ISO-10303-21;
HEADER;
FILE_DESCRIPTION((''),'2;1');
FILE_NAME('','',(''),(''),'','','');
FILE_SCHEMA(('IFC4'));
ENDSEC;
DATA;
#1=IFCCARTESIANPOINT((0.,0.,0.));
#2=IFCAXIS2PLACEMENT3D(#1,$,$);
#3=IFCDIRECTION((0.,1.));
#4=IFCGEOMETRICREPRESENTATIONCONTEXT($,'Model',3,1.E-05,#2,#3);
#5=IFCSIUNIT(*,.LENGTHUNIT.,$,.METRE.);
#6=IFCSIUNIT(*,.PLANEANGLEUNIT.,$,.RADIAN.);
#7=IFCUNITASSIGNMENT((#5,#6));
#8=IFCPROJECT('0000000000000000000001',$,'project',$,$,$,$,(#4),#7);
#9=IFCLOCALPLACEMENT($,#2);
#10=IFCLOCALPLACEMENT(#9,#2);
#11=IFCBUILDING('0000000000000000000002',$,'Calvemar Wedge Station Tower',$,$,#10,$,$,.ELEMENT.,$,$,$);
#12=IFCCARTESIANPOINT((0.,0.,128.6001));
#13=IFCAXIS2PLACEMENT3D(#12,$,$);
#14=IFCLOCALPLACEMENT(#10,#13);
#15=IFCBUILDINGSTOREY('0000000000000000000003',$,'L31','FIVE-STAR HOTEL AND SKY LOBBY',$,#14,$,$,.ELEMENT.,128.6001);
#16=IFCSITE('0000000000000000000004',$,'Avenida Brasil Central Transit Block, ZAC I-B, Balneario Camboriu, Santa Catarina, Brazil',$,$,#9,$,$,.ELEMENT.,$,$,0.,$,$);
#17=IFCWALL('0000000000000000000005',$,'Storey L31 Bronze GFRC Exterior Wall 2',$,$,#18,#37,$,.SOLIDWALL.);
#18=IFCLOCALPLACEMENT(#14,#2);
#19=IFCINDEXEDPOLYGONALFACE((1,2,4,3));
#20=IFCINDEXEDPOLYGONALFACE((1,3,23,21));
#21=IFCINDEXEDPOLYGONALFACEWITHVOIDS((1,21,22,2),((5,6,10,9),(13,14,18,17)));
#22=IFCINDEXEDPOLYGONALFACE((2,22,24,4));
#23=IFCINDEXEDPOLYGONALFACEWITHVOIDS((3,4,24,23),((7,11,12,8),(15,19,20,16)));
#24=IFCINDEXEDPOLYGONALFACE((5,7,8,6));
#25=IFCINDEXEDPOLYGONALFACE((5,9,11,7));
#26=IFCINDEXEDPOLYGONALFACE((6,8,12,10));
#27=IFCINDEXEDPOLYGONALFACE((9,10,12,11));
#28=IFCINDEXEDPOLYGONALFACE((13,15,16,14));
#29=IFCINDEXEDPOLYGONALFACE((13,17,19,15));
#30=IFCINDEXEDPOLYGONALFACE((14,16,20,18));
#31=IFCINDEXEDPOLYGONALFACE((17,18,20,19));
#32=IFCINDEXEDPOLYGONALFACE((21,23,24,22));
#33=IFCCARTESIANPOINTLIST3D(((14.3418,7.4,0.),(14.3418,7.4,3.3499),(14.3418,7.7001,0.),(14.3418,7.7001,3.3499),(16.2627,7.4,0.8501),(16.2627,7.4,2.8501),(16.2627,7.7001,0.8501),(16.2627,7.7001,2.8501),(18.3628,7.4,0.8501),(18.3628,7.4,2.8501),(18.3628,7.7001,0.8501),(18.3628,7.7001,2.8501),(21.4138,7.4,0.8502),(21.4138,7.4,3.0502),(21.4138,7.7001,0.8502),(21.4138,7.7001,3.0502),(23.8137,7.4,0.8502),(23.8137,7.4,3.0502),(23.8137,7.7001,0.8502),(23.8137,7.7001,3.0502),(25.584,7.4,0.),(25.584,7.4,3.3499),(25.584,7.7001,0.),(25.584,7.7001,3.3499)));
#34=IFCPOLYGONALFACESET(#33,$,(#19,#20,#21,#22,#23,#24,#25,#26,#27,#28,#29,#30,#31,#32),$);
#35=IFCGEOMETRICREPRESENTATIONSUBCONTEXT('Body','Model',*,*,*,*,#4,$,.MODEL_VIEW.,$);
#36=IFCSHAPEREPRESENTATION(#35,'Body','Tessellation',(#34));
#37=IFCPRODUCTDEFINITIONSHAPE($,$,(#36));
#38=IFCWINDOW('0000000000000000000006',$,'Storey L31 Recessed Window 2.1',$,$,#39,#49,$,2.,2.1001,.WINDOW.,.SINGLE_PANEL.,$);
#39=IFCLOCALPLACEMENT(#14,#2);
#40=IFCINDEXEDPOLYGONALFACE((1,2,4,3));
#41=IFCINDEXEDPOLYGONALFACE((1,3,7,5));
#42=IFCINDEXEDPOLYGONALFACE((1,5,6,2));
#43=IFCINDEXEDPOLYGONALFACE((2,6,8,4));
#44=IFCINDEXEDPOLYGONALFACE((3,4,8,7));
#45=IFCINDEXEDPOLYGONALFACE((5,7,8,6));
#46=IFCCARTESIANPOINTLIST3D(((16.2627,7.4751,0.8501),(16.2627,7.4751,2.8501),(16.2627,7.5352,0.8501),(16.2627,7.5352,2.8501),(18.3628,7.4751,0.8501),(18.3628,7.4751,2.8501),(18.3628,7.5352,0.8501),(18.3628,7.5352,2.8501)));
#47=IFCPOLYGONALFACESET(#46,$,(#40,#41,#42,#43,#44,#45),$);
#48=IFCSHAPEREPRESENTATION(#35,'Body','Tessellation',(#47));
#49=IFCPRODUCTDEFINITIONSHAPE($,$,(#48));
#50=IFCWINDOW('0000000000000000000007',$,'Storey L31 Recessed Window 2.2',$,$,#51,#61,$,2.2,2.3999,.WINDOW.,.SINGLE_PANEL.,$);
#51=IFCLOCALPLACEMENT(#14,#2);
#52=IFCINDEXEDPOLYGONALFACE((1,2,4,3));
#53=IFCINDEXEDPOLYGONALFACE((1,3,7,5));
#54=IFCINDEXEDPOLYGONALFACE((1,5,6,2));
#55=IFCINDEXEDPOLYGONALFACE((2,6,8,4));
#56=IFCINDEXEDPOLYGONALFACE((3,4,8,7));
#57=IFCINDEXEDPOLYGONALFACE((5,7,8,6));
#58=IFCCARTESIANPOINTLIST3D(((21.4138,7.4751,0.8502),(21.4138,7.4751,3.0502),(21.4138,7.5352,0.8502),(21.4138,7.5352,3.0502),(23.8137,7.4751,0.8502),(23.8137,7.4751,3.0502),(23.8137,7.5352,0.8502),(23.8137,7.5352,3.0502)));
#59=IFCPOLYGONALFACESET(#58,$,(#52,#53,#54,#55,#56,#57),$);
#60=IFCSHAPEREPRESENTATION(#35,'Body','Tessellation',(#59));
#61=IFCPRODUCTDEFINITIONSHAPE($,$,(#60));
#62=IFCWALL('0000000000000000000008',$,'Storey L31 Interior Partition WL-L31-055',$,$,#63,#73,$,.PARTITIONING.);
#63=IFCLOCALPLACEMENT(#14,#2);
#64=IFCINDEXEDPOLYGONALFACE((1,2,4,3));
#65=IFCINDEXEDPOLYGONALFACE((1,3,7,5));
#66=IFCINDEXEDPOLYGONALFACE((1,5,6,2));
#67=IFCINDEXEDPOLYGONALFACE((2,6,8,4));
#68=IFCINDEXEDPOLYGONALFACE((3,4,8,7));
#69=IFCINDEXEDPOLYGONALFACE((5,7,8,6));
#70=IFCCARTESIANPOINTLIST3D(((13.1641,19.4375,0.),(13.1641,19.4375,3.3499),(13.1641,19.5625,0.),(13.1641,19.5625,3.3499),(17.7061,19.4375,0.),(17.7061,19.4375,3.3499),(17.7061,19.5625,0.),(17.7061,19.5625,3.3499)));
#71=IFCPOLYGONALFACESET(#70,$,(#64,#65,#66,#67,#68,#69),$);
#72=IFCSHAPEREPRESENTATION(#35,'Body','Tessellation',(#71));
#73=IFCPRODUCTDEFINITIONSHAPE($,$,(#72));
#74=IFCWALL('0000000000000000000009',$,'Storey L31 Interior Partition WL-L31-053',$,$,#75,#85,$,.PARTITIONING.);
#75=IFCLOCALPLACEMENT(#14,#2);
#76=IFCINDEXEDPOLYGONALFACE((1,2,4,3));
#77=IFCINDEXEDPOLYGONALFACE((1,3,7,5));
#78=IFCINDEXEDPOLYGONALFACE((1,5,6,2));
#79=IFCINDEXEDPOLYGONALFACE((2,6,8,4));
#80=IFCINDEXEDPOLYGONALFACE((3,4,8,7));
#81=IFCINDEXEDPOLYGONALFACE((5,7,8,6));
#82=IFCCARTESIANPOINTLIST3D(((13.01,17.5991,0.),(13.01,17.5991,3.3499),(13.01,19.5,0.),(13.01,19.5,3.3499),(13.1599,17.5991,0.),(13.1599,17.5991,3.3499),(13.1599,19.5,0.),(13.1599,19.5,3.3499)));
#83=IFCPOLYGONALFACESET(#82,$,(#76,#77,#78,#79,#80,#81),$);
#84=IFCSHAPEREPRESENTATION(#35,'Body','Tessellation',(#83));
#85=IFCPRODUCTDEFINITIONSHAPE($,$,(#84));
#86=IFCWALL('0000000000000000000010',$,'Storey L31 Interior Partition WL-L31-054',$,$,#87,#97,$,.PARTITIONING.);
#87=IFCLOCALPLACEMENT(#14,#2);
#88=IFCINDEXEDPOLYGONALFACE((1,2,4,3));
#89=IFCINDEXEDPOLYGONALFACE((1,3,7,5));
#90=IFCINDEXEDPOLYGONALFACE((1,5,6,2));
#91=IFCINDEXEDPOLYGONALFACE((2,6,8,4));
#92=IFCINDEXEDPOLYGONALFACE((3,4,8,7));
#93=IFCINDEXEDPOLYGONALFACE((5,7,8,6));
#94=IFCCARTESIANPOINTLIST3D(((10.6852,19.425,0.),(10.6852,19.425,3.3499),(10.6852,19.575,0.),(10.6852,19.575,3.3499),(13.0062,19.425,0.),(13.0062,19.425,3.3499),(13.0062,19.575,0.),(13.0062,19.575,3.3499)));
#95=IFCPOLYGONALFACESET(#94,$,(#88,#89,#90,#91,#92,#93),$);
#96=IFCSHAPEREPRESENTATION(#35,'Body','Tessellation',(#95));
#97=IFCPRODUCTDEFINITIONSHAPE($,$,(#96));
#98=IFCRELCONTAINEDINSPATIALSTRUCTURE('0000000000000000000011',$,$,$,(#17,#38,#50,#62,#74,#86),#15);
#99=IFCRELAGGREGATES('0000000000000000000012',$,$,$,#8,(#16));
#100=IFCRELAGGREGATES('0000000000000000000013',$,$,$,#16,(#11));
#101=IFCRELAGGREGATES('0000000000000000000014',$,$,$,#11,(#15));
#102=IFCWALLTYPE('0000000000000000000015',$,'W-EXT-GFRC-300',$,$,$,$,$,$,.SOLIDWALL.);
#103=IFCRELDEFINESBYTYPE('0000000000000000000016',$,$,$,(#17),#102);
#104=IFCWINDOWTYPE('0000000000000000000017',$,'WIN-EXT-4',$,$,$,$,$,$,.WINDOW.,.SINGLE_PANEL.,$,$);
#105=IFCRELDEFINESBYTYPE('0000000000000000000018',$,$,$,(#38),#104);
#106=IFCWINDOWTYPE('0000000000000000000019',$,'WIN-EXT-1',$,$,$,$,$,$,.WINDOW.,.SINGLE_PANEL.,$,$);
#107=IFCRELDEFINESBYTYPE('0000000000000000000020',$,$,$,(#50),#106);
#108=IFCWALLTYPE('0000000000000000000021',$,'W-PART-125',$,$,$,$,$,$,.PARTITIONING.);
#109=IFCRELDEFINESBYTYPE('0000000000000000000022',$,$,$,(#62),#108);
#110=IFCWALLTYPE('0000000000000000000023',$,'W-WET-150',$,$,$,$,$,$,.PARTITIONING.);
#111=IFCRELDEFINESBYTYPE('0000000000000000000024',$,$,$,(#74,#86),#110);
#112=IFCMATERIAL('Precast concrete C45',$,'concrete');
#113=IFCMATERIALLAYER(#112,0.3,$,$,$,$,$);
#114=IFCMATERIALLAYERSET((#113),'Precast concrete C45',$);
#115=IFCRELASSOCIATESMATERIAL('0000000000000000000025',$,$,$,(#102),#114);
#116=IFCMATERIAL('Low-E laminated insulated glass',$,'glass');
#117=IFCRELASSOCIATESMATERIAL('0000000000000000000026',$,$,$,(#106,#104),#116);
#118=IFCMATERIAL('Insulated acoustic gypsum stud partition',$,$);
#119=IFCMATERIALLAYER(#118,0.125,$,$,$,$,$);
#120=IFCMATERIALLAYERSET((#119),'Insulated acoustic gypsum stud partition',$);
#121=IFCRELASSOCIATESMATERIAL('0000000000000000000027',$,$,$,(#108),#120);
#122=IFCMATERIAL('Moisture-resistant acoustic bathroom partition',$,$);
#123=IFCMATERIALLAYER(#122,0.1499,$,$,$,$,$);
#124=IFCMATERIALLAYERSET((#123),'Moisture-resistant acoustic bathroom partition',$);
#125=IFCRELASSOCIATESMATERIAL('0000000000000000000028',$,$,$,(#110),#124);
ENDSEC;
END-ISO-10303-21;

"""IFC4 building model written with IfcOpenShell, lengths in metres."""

from ifc_helpers import new_model, si_unit, direction, frame, frame_2d, origin, place, context, subcontext, project, spatial, rectangle, extrude, source, transform, mapped, material, layer, layer_set, type_object, element, fill, save


model = new_model("IFC4")

# Units and contexts
model_context = context("Model", 3, precision=1e-05, world=origin(), true_north=direction((0.0, 1.0)))
body_context = subcontext(model_context, "Body", "Model", "MODEL_VIEW")
ifc_project = project(units=[si_unit("LENGTHUNIT", "METRE"), si_unit("PLANEANGLEUNIT", "RADIAN")], contexts=[model_context])

# Site, building, storey
site_placement = place(None, origin())
site = spatial("IfcSite", under=ifc_project, at=site_placement, Name="Avenida Brasil Central Transit Block, ZAC I-B, Balneario Camboriu, Santa Catarina, Brazil", CompositionType="ELEMENT", RefElevation=0.0)
building_placement = place(site_placement, origin())
building = spatial("IfcBuilding", under=site, at=building_placement, Name="Calvemar Wedge Station Tower", CompositionType="ELEMENT")
storey_placement = place(building_placement, frame((0.0, 0.0, 128.6001)))
storey = spatial("IfcBuildingStorey", under=building, at=storey_placement, Name="L31", Description="FIVE-STAR HOTEL AND SKY LOBBY", CompositionType="ELEMENT", Elevation=128.6001)

# Shared definitions
ifc_material_1 = material(Name="Precast concrete C45", Category="concrete")
ifc_layer_1 = layer(ifc_material_1, 0.3)
ifc_layer_set_1 = layer_set([ifc_layer_1], Name="Precast concrete C45")
wall_type_1 = type_object("IfcWallType", Name="W-EXT-GFRC-300", PredefinedType="SOLIDWALL", material=ifc_layer_set_1)
shared_shape_1 = source(origin(), body_context, "Body", "SweptSolid", [
    extrude(rectangle(XDim=2.3999, YDim=2.2, at=frame_2d((1.2, 1.1001))), frame((0.0, 0.1602, 0.0), z_axis=(0.0, -1.0, 0.0), x_axis=(1.0, 0.0, 0.0)), (0.0, 0.0, 1.0), 0.3201),
])
ifc_material_2 = material(Name="Low-E laminated insulated glass", Category="glass")
window_type_1 = type_object("IfcWindowType", Name="WIN-EXT-1", PartitioningType="SINGLE_PANEL", PredefinedType="WINDOW", material=ifc_material_2)
shared_shape_2 = source(origin(), body_context, "Body", "SweptSolid", [
    extrude(rectangle(XDim=2.3999, YDim=2.2, at=frame_2d((1.2, 1.1001))), frame((0.0, -0.0149, 0.0), z_axis=(0.0, -1.0, 0.0), x_axis=(1.0, 0.0, 0.0)), (0.0, 0.0, 1.0), 0.0601),
])

# Wall, openings, windows
wall_1_placement = place(storey_placement, frame((14.3418, 7.55, 0.0), z_axis=(0.0, 0.0, 1.0), x_axis=(1.0, 0.0, 0.0)))
wall_1 = element("IfcWall", 1, at=wall_1_placement, inside=storey, type_object=wall_type_1, Name="Storey L31 Bronze GFRC Exterior Wall 2", PredefinedType="SOLIDWALL", context=body_context, shape_type="SweptSolid", body=[
    extrude(rectangle(XDim=11.2422, YDim=0.3, at=frame_2d((5.6211, 0.0))), origin(), (0.0, 0.0, 1.0), 3.3499),
])
shared_shape_3 = source(origin(), body_context, "Body", "SweptSolid", [
    extrude(rectangle(XDim=2.1001, YDim=2.0, at=frame_2d((1.05, 1.0))), frame((0.0, 0.1602, 0.0), z_axis=(0.0, -1.0, 0.0), x_axis=(1.0, 0.0, 0.0)), (0.0, 0.0, 1.0), 0.3201),
])
opening_1_placement = place(wall_1_placement, frame((1.9209, 0.0, 0.8501)))
opening_1 = element("IfcOpeningElement", 2, at=opening_1_placement, cuts=wall_1, PredefinedType="OPENING", context=body_context, shape_type="MappedRepresentation", body=[
    mapped(shared_shape_3, transform((0.0, 0.0, 0.0), scale=1.0)),
])
opening_2_placement = place(wall_1_placement, frame((7.072, 0.0, 0.8501)))
opening_2 = element("IfcOpeningElement", 3, at=opening_2_placement, cuts=wall_1, PredefinedType="OPENING", context=body_context, shape_type="MappedRepresentation", body=[
    mapped(shared_shape_1, transform((0.0, 0.0, 0.0), scale=1.0)),
])
window_type_2 = type_object("IfcWindowType", Name="WIN-EXT-4", PartitioningType="SINGLE_PANEL", PredefinedType="WINDOW", material=ifc_material_2)
shared_shape_4 = source(origin(), body_context, "Body", "SweptSolid", [
    extrude(rectangle(XDim=2.1001, YDim=2.0, at=frame_2d((1.05, 1.0))), frame((0.0, -0.0149, 0.0), z_axis=(0.0, -1.0, 0.0), x_axis=(1.0, 0.0, 0.0)), (0.0, 0.0, 1.0), 0.0601),
])
window_1_placement = place(opening_1_placement, origin())
window_1 = element("IfcWindow", 4, at=window_1_placement, inside=storey, type_object=window_type_2, Name="Storey L31 Recessed Window 2.1", OverallHeight=2.0, OverallWidth=2.1001, PartitioningType="SINGLE_PANEL", PredefinedType="WINDOW", context=body_context, shape_type="MappedRepresentation", body=[
    mapped(shared_shape_4, transform((0.0, 0.0, 0.0), scale=1.0)),
])
fill(opening_1, window_1)
window_2_placement = place(opening_2_placement, origin())
window_2 = element("IfcWindow", 5, at=window_2_placement, inside=storey, type_object=window_type_1, Name="Storey L31 Recessed Window 2.2", OverallHeight=2.2, OverallWidth=2.3999, PartitioningType="SINGLE_PANEL", PredefinedType="WINDOW", context=body_context, shape_type="MappedRepresentation", body=[
    mapped(shared_shape_2, transform((0.0, 0.0, 0.0), scale=1.0)),
])
fill(opening_2, window_2)

# Wall
ifc_material_3 = material(Name="Insulated acoustic gypsum stud partition")
ifc_layer_2 = layer(ifc_material_3, 0.125)
ifc_layer_set_2 = layer_set([ifc_layer_2], Name="Insulated acoustic gypsum stud partition")
wall_type_2 = type_object("IfcWallType", Name="W-PART-125", PredefinedType="PARTITIONING", material=ifc_layer_set_2)
wall_2_placement = place(storey_placement, frame((13.1641, 19.5, 0.0), z_axis=(0.0, 0.0, 1.0), x_axis=(1.0, 0.0, 0.0)))
element("IfcWall", 6, at=wall_2_placement, inside=storey, type_object=wall_type_2, Name="Storey L31 Interior Partition WL-L31-055", PredefinedType="PARTITIONING", context=body_context, shape_type="SweptSolid", body=[
    extrude(rectangle(XDim=4.542, YDim=0.125, at=frame_2d((2.271, 0.0))), origin(), (0.0, 0.0, 1.0), 3.3499),
])

# Shared definitions
ifc_material_4 = material(Name="Moisture-resistant acoustic bathroom partition")
ifc_layer_3 = layer(ifc_material_4, 0.1499)
ifc_layer_set_3 = layer_set([ifc_layer_3], Name="Moisture-resistant acoustic bathroom partition")
wall_type_3 = type_object("IfcWallType", Name="W-WET-150", PredefinedType="PARTITIONING", material=ifc_layer_set_3)

# Walls
wall_3_placement = place(storey_placement, frame((13.085, 19.5, 0.0), z_axis=(0.0, 0.0, 1.0), x_axis=(0.0, -1.0, 0.0)))
element("IfcWall", 7, at=wall_3_placement, inside=storey, type_object=wall_type_3, Name="Storey L31 Interior Partition WL-L31-053", PredefinedType="PARTITIONING", context=body_context, shape_type="SweptSolid", body=[
    extrude(rectangle(XDim=1.9009, YDim=0.1499, at=frame_2d((0.9504, 0.0))), origin(), (0.0, 0.0, 1.0), 3.3499),
])
wall_4_placement = place(storey_placement, frame((10.6851, 19.5, 0.0), z_axis=(0.0, 0.0, 1.0), x_axis=(1.0, 0.0, 0.0)))
element("IfcWall", 8, at=wall_4_placement, inside=storey, type_object=wall_type_3, Name="Storey L31 Interior Partition WL-L31-054", PredefinedType="PARTITIONING", context=body_context, shape_type="SweptSolid", body=[
    extrude(rectangle(XDim=2.321, YDim=0.1499, at=frame_2d((1.1606, 0.0))), origin(), (0.0, 0.0, 1.0), 3.3499),
])

save(model, "model.ifc")
